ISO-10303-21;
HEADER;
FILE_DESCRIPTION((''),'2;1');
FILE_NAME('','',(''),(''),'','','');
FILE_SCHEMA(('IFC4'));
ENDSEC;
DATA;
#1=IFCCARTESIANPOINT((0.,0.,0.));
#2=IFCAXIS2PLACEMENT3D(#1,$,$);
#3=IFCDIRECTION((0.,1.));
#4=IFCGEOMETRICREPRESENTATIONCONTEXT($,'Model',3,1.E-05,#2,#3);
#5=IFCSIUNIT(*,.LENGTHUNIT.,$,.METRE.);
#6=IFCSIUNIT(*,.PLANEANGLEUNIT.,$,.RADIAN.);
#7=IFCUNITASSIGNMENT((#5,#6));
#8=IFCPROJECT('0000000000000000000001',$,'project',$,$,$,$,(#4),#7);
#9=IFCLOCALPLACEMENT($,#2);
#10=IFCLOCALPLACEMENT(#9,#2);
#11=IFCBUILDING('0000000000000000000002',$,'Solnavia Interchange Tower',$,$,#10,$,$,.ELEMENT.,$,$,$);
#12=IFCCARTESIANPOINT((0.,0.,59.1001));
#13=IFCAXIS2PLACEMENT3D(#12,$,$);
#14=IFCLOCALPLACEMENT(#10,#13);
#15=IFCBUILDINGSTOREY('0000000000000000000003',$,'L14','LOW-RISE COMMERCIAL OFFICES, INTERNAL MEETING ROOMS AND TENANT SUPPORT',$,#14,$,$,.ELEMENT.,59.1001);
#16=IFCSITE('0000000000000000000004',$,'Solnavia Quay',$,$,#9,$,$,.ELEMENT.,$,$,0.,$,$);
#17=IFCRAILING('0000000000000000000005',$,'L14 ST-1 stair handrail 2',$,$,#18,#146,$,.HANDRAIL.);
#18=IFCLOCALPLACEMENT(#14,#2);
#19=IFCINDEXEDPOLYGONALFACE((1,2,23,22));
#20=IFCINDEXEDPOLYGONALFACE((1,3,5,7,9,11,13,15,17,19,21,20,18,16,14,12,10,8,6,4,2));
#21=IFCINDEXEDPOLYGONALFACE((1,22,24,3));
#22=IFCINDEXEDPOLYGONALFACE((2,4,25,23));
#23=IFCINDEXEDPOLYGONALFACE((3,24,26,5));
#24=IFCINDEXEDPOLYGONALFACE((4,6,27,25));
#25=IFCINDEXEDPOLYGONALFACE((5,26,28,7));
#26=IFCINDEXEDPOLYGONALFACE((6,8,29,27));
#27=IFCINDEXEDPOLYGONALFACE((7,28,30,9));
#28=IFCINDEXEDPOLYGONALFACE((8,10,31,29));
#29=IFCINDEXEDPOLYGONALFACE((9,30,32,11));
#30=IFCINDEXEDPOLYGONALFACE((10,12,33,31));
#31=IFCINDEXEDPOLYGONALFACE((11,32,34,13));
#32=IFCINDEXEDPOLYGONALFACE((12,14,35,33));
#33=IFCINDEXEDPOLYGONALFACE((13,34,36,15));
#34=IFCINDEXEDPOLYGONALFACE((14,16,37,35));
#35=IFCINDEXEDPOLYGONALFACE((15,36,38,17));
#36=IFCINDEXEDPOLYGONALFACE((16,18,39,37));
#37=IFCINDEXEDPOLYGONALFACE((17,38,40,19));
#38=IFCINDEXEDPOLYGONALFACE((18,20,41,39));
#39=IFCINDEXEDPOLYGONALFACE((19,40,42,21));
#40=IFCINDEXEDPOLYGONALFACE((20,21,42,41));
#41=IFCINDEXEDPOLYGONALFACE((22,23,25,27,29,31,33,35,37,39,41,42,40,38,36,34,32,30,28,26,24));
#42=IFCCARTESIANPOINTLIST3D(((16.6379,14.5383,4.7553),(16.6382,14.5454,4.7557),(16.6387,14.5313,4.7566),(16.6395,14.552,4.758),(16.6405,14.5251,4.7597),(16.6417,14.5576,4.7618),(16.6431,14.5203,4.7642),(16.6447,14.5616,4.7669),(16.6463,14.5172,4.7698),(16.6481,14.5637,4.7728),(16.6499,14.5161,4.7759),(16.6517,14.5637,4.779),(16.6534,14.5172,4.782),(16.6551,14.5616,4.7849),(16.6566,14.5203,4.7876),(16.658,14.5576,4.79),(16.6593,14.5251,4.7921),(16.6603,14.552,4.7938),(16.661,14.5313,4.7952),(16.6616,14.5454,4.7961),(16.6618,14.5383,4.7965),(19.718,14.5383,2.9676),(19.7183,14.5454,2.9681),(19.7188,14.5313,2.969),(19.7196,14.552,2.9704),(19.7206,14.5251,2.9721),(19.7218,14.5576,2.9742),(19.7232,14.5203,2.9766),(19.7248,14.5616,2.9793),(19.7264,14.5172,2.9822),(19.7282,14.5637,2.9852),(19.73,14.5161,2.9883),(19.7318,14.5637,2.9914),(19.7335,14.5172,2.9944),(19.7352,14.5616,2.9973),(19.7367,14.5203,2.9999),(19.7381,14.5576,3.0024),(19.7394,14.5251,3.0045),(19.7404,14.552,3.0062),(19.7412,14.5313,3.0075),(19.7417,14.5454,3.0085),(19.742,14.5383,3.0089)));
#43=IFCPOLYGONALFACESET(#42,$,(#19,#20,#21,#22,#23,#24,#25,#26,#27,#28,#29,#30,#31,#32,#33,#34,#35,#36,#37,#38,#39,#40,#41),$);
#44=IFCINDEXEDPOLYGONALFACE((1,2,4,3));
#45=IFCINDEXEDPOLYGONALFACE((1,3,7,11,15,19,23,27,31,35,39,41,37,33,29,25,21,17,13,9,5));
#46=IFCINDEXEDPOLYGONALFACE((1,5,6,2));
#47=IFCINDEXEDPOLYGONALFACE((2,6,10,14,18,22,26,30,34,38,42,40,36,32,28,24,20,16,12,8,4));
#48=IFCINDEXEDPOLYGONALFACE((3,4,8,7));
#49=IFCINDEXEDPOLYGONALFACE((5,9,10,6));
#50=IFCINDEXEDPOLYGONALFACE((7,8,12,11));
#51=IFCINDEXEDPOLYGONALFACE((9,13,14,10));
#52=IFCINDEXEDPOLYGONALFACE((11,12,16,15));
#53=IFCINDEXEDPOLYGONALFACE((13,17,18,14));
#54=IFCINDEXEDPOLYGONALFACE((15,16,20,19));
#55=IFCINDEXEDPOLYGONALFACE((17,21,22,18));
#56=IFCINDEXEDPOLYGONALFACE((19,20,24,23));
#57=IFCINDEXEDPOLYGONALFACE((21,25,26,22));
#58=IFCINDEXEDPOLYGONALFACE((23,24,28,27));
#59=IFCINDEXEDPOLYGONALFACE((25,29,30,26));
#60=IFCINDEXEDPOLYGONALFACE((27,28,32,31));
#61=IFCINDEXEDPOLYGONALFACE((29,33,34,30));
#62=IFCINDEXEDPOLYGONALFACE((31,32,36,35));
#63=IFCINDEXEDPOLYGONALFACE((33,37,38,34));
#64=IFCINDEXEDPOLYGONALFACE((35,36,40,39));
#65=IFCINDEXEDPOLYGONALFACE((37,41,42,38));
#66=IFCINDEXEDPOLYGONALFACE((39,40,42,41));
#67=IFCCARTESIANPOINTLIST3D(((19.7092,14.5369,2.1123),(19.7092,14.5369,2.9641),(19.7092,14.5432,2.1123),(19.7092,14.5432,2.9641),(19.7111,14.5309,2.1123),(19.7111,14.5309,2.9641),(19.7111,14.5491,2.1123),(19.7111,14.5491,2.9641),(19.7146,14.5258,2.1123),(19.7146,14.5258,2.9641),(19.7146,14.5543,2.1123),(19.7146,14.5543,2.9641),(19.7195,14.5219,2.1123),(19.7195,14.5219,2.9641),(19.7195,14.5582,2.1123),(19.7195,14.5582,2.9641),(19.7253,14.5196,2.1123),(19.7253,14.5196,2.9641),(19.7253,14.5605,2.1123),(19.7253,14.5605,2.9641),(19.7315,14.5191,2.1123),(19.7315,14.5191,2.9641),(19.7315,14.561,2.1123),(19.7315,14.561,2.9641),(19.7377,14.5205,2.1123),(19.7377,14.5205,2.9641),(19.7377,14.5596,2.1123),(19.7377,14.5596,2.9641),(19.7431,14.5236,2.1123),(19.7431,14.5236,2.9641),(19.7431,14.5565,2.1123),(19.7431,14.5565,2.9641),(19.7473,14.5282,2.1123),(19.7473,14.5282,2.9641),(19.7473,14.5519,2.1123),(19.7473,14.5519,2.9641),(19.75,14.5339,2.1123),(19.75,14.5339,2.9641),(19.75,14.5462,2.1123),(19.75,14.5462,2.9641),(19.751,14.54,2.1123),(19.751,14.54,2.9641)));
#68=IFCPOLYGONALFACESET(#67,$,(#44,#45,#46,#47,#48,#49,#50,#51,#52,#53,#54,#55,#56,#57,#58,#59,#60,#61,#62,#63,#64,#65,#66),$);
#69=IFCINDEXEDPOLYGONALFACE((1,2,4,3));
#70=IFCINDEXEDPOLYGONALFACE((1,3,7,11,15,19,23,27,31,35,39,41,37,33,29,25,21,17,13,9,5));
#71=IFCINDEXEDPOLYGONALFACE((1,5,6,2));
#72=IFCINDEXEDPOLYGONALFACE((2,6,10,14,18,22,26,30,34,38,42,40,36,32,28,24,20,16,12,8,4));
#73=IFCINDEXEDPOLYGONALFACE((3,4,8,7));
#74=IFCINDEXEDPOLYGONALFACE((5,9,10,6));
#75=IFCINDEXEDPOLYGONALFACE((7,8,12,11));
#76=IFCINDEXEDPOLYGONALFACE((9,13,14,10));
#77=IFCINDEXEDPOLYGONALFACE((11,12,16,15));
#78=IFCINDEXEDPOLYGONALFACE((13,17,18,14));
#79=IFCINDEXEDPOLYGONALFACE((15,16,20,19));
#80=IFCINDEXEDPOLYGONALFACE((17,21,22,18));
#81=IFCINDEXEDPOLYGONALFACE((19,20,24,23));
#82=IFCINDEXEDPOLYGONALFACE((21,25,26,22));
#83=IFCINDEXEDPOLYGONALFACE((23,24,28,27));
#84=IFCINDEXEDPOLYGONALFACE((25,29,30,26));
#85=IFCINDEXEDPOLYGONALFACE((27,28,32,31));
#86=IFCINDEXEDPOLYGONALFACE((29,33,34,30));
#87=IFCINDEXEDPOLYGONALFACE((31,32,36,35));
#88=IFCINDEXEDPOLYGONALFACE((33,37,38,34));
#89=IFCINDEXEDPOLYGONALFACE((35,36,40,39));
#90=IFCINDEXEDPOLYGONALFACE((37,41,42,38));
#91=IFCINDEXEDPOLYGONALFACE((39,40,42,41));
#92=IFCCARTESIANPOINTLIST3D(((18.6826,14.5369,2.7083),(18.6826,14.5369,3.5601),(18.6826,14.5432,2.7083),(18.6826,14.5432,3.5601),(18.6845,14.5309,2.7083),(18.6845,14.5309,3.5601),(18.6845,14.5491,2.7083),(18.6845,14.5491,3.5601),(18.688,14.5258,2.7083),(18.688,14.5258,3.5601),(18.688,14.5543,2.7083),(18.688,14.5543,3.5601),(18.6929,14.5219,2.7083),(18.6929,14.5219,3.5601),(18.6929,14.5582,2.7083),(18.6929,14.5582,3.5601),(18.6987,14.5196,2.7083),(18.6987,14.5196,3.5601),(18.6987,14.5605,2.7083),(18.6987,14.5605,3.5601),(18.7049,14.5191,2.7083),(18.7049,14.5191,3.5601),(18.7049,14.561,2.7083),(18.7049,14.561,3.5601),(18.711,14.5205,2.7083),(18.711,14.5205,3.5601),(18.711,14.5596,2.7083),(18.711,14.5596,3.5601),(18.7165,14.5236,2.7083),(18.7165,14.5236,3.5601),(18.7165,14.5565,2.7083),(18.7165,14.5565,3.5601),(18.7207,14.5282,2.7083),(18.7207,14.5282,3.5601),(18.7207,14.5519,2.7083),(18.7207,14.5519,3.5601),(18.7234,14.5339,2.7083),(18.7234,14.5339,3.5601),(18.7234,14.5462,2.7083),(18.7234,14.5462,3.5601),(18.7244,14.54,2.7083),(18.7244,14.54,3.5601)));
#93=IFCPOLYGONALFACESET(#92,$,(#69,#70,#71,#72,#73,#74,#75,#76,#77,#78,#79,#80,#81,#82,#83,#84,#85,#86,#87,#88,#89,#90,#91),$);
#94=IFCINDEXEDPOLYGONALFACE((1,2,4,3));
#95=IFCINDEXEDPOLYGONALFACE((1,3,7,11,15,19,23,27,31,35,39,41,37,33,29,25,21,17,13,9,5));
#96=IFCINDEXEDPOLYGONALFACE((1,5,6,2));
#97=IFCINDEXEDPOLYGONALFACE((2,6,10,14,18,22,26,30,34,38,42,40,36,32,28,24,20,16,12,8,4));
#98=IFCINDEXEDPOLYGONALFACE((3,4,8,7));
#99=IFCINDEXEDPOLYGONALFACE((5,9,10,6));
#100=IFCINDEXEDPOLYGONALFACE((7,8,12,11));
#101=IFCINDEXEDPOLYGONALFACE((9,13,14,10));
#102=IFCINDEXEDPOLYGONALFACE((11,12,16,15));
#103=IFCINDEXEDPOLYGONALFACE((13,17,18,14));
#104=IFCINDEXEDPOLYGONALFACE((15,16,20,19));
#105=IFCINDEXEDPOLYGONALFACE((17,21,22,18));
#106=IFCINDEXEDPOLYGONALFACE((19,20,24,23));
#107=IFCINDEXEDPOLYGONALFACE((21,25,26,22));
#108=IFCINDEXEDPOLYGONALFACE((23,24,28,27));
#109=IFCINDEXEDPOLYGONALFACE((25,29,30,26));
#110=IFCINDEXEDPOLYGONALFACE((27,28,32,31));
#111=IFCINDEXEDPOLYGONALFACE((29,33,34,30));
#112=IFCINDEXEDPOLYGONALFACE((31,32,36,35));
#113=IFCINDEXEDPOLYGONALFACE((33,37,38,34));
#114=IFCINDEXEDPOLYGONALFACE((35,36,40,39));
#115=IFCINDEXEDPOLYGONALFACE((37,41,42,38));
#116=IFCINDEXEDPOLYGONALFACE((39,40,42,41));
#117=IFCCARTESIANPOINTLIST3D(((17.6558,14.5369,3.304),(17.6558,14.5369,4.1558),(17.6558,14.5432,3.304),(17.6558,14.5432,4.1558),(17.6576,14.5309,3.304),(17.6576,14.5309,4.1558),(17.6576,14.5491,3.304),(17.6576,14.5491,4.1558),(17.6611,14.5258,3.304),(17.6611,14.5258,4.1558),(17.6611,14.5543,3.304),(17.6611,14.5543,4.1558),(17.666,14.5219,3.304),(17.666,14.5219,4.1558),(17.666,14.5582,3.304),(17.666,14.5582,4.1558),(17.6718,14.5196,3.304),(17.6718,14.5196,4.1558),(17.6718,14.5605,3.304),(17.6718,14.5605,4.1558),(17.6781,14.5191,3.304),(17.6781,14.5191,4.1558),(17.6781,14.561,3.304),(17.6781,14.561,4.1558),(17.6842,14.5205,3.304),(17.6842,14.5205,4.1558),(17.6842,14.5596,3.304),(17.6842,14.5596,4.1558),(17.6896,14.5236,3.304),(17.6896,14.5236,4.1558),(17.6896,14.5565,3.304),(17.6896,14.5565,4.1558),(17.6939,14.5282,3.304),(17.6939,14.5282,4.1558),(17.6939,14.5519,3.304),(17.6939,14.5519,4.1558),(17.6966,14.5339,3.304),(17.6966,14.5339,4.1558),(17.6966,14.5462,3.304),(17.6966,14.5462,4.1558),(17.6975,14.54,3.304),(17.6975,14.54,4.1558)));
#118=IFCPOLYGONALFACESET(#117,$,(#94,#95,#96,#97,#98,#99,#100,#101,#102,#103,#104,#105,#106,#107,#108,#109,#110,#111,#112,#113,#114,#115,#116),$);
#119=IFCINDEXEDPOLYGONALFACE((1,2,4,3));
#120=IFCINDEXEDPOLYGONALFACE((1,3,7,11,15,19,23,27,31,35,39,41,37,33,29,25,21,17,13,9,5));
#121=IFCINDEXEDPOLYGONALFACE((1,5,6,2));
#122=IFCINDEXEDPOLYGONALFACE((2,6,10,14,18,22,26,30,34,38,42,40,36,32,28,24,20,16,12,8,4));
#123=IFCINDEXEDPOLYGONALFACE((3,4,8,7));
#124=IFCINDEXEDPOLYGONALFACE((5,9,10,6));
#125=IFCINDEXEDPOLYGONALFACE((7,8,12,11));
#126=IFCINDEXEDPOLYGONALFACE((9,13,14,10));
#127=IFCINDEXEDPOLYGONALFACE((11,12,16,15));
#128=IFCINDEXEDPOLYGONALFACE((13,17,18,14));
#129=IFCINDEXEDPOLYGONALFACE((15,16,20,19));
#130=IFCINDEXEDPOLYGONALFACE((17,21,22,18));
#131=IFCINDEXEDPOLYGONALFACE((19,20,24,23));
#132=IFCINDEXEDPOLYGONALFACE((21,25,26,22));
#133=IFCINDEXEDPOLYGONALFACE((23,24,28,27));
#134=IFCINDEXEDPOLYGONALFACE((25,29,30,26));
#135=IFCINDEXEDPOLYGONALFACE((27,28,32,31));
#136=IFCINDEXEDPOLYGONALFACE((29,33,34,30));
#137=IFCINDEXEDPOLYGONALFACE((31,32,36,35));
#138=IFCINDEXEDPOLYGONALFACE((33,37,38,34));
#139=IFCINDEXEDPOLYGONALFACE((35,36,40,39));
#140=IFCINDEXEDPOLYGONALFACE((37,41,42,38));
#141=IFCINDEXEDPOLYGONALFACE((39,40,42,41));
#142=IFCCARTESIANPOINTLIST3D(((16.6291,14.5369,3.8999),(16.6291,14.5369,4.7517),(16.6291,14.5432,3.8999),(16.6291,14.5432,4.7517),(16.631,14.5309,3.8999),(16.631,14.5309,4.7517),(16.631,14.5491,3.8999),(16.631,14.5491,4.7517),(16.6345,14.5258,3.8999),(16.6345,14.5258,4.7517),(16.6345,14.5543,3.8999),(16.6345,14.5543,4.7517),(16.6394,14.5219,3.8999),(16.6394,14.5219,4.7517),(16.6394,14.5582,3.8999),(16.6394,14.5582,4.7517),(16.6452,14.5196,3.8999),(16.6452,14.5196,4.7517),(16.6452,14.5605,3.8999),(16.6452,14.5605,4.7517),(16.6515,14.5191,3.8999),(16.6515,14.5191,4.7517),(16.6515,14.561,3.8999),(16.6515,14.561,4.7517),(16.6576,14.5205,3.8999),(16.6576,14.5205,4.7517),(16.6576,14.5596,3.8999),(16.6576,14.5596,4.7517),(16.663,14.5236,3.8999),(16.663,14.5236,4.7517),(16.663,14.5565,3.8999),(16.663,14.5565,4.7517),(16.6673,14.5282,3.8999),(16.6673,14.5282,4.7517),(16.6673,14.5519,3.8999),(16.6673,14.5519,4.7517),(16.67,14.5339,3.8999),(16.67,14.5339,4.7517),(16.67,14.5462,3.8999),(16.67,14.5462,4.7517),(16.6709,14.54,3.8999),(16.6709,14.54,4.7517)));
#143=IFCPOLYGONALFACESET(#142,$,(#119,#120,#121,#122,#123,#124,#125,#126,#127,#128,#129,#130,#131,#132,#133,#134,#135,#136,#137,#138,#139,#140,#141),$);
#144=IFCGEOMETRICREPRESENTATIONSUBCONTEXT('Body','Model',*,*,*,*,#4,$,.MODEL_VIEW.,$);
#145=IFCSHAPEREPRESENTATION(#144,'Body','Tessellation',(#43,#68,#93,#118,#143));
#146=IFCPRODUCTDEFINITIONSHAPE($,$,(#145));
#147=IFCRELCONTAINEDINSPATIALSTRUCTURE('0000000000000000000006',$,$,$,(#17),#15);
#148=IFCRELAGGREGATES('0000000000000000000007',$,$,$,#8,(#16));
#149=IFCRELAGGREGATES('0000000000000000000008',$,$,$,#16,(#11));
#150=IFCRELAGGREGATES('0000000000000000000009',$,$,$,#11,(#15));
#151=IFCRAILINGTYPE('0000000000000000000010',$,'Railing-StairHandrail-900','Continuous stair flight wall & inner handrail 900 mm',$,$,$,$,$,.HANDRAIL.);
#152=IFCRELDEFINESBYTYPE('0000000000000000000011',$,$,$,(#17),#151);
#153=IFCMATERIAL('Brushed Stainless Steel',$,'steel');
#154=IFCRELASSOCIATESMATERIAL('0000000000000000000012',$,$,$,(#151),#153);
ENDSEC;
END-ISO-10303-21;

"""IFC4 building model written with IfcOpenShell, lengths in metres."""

from ifc_helpers import new_model, si_unit, direction, frame, origin, origin_2d, place, context, subcontext, project, spatial, circle, extrude, material, type_object, element, save


model = new_model("IFC4")

# Units and contexts
model_context = context("Model", 3, precision=1e-05, world=origin(), true_north=direction((0.0, 1.0)))
body_context = subcontext(model_context, "Body", "Model", "MODEL_VIEW")
ifc_project = project(units=[si_unit("LENGTHUNIT", "METRE"), si_unit("PLANEANGLEUNIT", "RADIAN")], contexts=[model_context])

# Site, building, storey
site_placement = place(None, origin())
site = spatial("IfcSite", under=ifc_project, at=site_placement, Name="Solnavia Quay", CompositionType="ELEMENT", RefElevation=0.0)
building_placement = place(site_placement, origin())
building = spatial("IfcBuilding", under=site, at=building_placement, Name="Solnavia Interchange Tower", CompositionType="ELEMENT")
storey_placement = place(building_placement, frame((0.0, 0.0, 59.1001)))
storey = spatial("IfcBuildingStorey", under=building, at=storey_placement, Name="L14", Description="LOW-RISE COMMERCIAL OFFICES, INTERNAL MEETING ROOMS AND TENANT SUPPORT", CompositionType="ELEMENT", Elevation=59.1001)

# Railing
ifc_material_1 = material(Name="Brushed Stainless Steel", Category="steel")
railing_type_1 = type_object("IfcRailingType", Name="Railing-StairHandrail-900", Description="Continuous stair flight wall & inner handrail 900 mm", PredefinedType="HANDRAIL", material=ifc_material_1)
railing_1_placement = place(storey_placement, frame((19.73, 14.54, 2.1123)))
element("IfcRailing", 1, at=railing_1_placement, inside=storey, type_object=railing_type_1, Name="L14 ST-1 stair handrail 2", PredefinedType="HANDRAIL", context=body_context, shape_type="SweptSolid", body=[
    extrude(circle(Radius=0.0239, at=origin_2d()), frame((0.0, 0.0, 0.876), z_axis=(-0.864891, 0.0, 0.50196), x_axis=(0.0, -1.0, 0.0)), (0.0, 0.0, 1.0), 3.5613),
    extrude(circle(Radius=0.021, at=origin_2d()), origin(), (0.0, 0.0, 1.0), 0.8518),
    extrude(circle(Radius=0.021, at=origin_2d()), frame((-1.0266, 0.0, 0.5959)), (0.0, 0.0, 1.0), 0.8518),
    extrude(circle(Radius=0.021, at=origin_2d()), frame((-2.0535, 0.0, 1.1917)), (0.0, 0.0, 1.0), 0.8518),
    extrude(circle(Radius=0.021, at=origin_2d()), frame((-3.0801, 0.0, 1.7876)), (0.0, 0.0, 1.0), 0.8518),
])

save(model, "model.ifc")
